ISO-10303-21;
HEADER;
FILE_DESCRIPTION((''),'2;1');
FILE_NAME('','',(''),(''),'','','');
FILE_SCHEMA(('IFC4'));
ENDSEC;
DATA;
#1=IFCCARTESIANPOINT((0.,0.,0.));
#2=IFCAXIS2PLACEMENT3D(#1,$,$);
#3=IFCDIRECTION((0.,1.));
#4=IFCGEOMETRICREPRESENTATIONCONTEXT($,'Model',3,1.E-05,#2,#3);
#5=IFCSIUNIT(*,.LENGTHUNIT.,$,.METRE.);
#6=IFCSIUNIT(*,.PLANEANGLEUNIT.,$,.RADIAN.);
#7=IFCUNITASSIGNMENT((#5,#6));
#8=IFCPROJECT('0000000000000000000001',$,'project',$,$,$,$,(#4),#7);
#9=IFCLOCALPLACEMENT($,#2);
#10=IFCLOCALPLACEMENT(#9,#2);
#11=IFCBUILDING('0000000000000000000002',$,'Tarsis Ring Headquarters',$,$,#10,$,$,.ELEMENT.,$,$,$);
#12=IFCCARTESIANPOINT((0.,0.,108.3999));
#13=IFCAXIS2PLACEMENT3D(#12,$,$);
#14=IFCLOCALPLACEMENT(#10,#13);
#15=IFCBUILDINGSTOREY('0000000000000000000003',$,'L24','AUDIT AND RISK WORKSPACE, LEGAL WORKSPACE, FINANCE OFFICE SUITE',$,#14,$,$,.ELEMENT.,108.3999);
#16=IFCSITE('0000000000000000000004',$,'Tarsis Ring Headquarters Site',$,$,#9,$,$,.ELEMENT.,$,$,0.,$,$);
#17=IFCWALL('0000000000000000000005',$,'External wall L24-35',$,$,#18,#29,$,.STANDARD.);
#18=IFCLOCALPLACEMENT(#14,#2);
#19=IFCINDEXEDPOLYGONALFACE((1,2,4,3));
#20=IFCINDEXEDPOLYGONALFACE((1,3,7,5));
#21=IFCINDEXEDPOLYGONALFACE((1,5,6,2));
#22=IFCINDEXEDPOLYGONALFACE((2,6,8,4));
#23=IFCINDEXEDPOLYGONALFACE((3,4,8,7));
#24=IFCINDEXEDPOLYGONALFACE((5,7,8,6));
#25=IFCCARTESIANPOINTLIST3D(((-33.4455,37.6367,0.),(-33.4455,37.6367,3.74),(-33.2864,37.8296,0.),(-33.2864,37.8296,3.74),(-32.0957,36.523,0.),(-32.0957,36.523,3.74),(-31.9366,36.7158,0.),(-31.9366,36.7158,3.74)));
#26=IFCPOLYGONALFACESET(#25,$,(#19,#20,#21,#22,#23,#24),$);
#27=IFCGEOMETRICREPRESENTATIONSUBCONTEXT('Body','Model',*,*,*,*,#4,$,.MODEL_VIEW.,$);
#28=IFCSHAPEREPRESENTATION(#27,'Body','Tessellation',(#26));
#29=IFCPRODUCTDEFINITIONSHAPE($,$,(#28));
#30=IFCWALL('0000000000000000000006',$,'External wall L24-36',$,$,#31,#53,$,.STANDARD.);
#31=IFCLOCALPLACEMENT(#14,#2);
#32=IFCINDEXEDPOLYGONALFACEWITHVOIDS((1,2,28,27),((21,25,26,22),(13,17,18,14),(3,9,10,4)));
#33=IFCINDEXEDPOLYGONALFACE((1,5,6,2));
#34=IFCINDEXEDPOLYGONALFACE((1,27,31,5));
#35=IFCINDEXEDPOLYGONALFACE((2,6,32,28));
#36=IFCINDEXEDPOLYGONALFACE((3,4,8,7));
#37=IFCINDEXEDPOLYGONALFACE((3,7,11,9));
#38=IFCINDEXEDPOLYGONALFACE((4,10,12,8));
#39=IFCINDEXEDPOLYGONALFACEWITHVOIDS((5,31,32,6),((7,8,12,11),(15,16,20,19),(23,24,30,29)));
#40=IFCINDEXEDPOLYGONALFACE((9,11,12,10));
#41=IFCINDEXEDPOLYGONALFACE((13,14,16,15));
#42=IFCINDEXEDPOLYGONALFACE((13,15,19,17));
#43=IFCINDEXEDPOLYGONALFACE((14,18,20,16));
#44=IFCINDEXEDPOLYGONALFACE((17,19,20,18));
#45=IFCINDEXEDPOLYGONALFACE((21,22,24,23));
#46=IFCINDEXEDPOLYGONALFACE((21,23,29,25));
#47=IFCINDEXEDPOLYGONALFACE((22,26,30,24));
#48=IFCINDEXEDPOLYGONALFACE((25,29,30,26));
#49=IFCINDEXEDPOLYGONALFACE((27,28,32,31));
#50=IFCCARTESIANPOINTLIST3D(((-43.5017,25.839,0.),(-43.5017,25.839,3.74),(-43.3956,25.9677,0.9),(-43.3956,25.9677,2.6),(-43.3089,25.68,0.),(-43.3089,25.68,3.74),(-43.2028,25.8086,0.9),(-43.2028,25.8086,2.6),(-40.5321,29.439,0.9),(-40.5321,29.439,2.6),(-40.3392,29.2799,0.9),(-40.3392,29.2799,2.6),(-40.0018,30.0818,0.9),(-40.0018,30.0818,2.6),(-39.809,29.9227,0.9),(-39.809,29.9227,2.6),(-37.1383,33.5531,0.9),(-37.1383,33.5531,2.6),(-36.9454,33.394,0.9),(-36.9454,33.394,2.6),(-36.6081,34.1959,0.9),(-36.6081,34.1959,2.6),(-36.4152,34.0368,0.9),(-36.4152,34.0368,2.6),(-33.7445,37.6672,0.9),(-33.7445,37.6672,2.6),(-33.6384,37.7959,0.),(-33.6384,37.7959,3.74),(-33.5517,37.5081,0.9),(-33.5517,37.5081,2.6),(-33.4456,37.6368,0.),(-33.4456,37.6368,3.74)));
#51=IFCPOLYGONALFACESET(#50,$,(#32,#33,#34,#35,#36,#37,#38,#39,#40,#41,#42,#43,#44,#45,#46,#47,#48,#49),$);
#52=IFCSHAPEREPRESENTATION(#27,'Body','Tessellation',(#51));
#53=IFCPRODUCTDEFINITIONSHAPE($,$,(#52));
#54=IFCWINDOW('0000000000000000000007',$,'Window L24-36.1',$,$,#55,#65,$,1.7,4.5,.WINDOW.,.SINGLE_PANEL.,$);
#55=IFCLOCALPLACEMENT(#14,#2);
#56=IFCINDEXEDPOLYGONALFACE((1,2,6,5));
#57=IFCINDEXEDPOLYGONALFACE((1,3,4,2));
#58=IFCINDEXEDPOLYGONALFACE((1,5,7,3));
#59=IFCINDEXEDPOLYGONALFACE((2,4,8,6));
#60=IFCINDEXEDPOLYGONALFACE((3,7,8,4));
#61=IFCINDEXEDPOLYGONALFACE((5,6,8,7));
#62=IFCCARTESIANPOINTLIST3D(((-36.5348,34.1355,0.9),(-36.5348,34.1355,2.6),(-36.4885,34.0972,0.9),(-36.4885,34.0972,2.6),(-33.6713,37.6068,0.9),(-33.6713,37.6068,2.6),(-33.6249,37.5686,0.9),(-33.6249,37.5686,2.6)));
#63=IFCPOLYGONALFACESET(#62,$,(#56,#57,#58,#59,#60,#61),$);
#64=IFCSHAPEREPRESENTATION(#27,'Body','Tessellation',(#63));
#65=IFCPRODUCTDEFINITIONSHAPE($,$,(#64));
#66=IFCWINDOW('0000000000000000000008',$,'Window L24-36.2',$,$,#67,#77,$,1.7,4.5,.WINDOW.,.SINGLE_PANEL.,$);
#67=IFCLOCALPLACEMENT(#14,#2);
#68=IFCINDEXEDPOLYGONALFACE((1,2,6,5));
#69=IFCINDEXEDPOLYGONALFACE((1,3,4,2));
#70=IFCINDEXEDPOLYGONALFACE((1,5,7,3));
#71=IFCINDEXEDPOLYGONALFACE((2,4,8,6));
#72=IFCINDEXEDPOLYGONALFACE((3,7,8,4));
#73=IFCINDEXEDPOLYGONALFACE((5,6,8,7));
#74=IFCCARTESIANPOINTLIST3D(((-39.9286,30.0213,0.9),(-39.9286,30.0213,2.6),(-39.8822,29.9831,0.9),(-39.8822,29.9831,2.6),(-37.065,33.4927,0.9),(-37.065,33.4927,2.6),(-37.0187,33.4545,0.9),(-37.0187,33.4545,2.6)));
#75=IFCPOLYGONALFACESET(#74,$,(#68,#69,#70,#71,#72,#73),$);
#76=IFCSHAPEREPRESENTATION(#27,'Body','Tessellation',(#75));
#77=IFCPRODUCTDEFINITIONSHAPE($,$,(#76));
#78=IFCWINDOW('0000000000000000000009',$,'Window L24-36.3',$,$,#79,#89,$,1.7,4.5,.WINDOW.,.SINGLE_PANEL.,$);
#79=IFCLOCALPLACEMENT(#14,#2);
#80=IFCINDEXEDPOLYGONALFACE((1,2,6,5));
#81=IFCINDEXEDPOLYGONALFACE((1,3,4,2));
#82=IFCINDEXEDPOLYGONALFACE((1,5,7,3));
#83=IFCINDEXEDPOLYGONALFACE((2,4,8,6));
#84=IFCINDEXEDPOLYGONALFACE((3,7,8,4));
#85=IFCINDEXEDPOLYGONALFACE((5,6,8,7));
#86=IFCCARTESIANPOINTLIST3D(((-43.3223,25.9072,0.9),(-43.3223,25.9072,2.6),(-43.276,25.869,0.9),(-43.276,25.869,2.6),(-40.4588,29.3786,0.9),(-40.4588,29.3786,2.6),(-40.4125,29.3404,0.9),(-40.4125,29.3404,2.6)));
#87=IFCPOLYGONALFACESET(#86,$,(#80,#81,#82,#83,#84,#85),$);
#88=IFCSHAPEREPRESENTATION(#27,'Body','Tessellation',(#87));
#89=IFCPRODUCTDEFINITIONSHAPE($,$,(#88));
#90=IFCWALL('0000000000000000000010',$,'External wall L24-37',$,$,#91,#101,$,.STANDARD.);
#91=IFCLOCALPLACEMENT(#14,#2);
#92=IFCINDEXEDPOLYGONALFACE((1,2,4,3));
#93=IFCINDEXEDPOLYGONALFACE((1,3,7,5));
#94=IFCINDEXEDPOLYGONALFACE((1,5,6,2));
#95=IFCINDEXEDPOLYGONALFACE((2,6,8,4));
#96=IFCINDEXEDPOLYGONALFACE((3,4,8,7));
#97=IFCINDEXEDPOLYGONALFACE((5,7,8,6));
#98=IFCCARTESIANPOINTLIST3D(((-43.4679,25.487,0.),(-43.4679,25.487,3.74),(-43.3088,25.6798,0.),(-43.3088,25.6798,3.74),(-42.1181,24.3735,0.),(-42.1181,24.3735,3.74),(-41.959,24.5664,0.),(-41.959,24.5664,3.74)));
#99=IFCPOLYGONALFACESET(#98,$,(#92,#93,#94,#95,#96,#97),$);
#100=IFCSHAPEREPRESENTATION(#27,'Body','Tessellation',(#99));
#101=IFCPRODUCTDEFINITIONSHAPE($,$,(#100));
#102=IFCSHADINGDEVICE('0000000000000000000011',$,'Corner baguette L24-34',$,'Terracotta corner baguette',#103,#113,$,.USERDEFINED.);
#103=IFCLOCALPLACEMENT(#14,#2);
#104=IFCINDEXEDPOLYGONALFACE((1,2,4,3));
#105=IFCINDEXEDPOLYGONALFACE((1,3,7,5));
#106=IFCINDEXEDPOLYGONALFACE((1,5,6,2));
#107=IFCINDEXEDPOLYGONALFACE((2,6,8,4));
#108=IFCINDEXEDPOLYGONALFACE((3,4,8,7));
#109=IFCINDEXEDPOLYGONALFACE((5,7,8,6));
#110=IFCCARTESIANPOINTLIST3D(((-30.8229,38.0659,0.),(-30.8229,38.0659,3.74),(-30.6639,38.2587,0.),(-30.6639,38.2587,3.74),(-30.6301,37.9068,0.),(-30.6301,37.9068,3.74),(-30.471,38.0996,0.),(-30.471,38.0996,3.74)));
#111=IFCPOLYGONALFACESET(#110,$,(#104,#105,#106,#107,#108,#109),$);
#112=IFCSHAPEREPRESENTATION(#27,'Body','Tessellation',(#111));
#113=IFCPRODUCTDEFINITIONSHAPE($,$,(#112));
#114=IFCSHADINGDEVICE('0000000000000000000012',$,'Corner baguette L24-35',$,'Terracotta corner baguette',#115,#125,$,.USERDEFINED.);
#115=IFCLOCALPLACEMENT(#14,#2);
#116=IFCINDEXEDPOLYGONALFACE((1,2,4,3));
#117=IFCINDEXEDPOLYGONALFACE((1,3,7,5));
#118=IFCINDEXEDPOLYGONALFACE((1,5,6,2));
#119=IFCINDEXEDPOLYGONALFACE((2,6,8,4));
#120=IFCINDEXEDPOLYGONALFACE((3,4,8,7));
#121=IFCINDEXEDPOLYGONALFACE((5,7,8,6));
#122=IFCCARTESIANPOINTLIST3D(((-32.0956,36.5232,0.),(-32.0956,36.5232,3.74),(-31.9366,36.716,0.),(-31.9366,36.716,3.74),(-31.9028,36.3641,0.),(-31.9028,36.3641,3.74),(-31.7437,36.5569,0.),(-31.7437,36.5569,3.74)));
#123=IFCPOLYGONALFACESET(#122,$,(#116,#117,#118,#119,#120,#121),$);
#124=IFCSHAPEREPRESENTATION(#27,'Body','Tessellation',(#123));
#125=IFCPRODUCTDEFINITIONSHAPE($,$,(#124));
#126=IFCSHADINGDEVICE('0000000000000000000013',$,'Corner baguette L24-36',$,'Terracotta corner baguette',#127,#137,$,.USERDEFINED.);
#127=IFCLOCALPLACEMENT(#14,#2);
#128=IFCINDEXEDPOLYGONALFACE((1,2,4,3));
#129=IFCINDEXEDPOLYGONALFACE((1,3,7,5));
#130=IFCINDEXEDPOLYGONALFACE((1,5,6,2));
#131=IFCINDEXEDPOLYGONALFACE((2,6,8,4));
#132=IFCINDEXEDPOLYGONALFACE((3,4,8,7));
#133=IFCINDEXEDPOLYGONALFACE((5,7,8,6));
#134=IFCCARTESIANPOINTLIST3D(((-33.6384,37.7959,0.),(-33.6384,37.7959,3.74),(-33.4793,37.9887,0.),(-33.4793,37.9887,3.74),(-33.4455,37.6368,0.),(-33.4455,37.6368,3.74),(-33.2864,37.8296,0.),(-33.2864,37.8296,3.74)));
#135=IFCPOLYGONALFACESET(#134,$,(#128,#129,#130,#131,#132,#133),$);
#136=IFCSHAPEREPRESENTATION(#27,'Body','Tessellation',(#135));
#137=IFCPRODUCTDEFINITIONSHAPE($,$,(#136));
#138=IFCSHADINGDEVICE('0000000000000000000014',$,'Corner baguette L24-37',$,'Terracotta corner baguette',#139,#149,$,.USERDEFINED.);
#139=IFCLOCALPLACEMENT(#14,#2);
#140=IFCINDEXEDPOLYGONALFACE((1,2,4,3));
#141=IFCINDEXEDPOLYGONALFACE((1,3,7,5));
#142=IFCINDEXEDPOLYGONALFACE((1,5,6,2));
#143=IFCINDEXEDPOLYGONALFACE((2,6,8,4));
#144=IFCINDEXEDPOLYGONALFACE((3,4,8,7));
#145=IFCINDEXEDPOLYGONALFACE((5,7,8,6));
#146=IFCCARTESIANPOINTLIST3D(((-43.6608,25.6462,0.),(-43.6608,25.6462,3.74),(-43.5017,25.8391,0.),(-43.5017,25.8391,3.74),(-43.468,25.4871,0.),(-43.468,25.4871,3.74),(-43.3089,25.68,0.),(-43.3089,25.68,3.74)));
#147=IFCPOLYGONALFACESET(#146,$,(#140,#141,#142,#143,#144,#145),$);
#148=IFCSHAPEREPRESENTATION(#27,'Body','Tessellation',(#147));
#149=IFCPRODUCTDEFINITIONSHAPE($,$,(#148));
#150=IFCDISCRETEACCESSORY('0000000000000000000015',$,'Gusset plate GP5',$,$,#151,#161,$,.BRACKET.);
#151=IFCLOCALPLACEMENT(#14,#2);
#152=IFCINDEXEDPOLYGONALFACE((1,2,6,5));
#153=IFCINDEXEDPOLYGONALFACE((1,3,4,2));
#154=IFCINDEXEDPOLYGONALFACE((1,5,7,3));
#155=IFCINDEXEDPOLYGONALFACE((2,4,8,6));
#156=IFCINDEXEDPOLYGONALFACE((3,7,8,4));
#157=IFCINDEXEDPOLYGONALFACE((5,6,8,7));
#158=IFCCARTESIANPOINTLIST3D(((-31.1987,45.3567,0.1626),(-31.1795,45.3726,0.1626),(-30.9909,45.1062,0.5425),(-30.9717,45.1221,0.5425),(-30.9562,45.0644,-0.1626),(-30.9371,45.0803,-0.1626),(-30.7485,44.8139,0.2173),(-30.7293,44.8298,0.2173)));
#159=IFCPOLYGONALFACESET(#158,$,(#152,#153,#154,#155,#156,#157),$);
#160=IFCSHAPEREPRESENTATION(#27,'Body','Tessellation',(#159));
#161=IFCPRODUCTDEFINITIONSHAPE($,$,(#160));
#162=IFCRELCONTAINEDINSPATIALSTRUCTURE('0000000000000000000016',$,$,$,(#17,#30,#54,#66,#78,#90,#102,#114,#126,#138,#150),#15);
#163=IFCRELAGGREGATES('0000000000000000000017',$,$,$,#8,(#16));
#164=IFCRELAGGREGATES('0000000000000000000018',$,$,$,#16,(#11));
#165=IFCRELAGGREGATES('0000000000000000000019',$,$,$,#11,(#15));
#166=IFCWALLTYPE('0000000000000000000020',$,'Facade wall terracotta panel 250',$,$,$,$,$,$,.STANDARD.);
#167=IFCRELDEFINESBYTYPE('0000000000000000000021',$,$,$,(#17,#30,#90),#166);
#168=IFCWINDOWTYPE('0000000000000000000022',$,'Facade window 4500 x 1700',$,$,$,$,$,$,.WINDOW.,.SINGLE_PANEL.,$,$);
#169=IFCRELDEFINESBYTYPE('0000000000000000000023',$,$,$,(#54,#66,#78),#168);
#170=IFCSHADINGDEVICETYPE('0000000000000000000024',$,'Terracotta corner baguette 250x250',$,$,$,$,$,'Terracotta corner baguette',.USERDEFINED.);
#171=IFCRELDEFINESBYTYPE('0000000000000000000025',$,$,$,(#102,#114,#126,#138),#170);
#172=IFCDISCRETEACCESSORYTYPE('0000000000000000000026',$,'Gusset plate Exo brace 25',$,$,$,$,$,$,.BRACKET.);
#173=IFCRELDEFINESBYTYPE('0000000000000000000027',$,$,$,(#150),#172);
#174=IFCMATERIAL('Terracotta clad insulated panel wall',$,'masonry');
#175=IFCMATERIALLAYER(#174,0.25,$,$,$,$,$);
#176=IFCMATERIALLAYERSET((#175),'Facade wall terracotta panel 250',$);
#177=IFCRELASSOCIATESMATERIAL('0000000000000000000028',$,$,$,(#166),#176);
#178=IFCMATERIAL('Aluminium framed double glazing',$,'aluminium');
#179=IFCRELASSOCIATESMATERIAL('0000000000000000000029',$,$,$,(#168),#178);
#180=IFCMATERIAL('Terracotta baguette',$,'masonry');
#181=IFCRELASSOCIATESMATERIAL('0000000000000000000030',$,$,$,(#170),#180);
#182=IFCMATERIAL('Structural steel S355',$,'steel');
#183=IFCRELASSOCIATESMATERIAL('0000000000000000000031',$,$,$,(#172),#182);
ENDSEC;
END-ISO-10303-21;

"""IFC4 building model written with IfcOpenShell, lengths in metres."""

from ifc_helpers import new_model, si_unit, direction, frame, frame_2d, origin, origin_2d, place, context, subcontext, project, spatial, rectangle, extrude, material, layer, layer_set, material_profile, profile_set, type_object, element, fill, save


model = new_model("IFC4")

# Units and contexts
model_context = context("Model", 3, precision=1e-05, world=origin(), true_north=direction((0.0, 1.0)))
body_context = subcontext(model_context, "Body", "Model", "MODEL_VIEW")
ifc_project = project(units=[si_unit("LENGTHUNIT", "METRE"), si_unit("PLANEANGLEUNIT", "RADIAN")], contexts=[model_context])

# Site, building, storey
site_placement = place(None, origin())
site = spatial("IfcSite", under=ifc_project, at=site_placement, Name="Tarsis Ring Headquarters Site", CompositionType="ELEMENT", RefElevation=0.0)
building_placement = place(site_placement, origin())
building = spatial("IfcBuilding", under=site, at=building_placement, Name="Tarsis Ring Headquarters", CompositionType="ELEMENT")
storey_placement = place(building_placement, frame((0.0, 0.0, 108.3999)))
storey = spatial("IfcBuildingStorey", under=building, at=storey_placement, Name="L24", Description="AUDIT AND RISK WORKSPACE, LEGAL WORKSPACE, FINANCE OFFICE SUITE", CompositionType="ELEMENT", Elevation=108.3999)

# Shared definitions
ifc_material_1 = material(Name="Structural steel S355", Category="steel")

# Wall
ifc_material_2 = material(Name="Terracotta clad insulated panel wall", Category="masonry")
ifc_layer_1 = layer(ifc_material_2, 0.25)
ifc_layer_set_1 = layer_set([ifc_layer_1], Name="Facade wall terracotta panel 250")
wall_type_1 = type_object("IfcWallType", Name="Facade wall terracotta panel 250", PredefinedType="STANDARD", material=ifc_layer_set_1)
wall_1_placement = place(storey_placement, frame((-32.0161, 36.6194, 0.0), z_axis=(0.0, 0.0, 1.0), x_axis=(-0.771334, 0.636431, 0.0)))
element("IfcWall", 1, at=wall_1_placement, inside=storey, type_object=wall_type_1, Name="External wall L24-35", PredefinedType="STANDARD", context=body_context, shape_type="SweptSolid", body=[
    extrude(rectangle(XDim=1.75, YDim=0.25, at=frame_2d((0.875, 0.0))), origin(), (0.0, 0.0, 1.0), 3.74),
])

# Wall, openings, windows
wall_2_placement = place(storey_placement, frame((-33.542, 37.7163, 0.0), z_axis=(0.0, 0.0, 1.0), x_axis=(-0.636342, -0.771407, 0.0)))
wall_2 = element("IfcWall", 2, at=wall_2_placement, inside=storey, type_object=wall_type_1, Name="External wall L24-36", PredefinedType="STANDARD", context=body_context, shape_type="SweptSolid", body=[
    extrude(rectangle(XDim=15.5, YDim=0.25, at=frame_2d((7.75, 0.0))), origin(), (0.0, 0.0, 1.0), 3.74),
])
opening_1_placement = place(wall_2_placement, frame((0.1667, 0.0, 0.8999)))
opening_1 = element("IfcOpeningElement", 3, at=opening_1_placement, cuts=wall_2, PredefinedType="OPENING", context=body_context, shape_type="SweptSolid", body=[
    extrude(rectangle(XDim=4.5, YDim=1.7, at=frame_2d((2.25, 0.8501))), frame((0.0, 0.135, 0.0), z_axis=(0.0, -1.0, 0.0), x_axis=(1.0, 0.0, 0.0)), (0.0, 0.0, 1.0), 0.27),
])
opening_2_placement = place(wall_2_placement, frame((5.5, 0.0, 0.8999)))
opening_2 = element("IfcOpeningElement", 4, at=opening_2_placement, cuts=wall_2, PredefinedType="OPENING", context=body_context, shape_type="SweptSolid", body=[
    extrude(rectangle(XDim=4.5, YDim=1.7, at=frame_2d((2.25, 0.8501))), frame((0.0, 0.135, 0.0), z_axis=(0.0, -1.0, 0.0), x_axis=(1.0, 0.0, 0.0)), (0.0, 0.0, 1.0), 0.27),
])
opening_3_placement = place(wall_2_placement, frame((10.8333, 0.0, 0.8999)))
opening_3 = element("IfcOpeningElement", 5, at=opening_3_placement, cuts=wall_2, PredefinedType="OPENING", context=body_context, shape_type="SweptSolid", body=[
    extrude(rectangle(XDim=4.5, YDim=1.7, at=frame_2d((2.25, 0.8501))), frame((0.0, 0.135, 0.0), z_axis=(0.0, -1.0, 0.0), x_axis=(1.0, 0.0, 0.0)), (0.0, 0.0, 1.0), 0.27),
])
ifc_material_3 = material(Name="Aluminium framed double glazing", Category="aluminium")
window_type = type_object("IfcWindowType", Name="Facade window 4500 x 1700", PartitioningType="SINGLE_PANEL", PredefinedType="WINDOW", material=ifc_material_3)
window_1_placement = place(opening_1_placement, origin())
window_1 = element("IfcWindow", 6, at=window_1_placement, inside=storey, type_object=window_type, Name="Window L24-36.1", OverallHeight=1.7, OverallWidth=4.5, PartitioningType="SINGLE_PANEL", PredefinedType="WINDOW", context=body_context, shape_type="SweptSolid", body=[
    extrude(rectangle(XDim=4.5, YDim=1.7, at=frame_2d((2.25, 0.8501))), frame((0.0, 0.03, 0.0), z_axis=(0.0, -1.0, 0.0), x_axis=(1.0, 0.0, 0.0)), (0.0, 0.0, 1.0), 0.0601),
])
fill(opening_1, window_1)
window_2_placement = place(opening_2_placement, origin())
window_2 = element("IfcWindow", 7, at=window_2_placement, inside=storey, type_object=window_type, Name="Window L24-36.2", OverallHeight=1.7, OverallWidth=4.5, PartitioningType="SINGLE_PANEL", PredefinedType="WINDOW", context=body_context, shape_type="SweptSolid", body=[
    extrude(rectangle(XDim=4.5, YDim=1.7, at=frame_2d((2.25, 0.8501))), frame((0.0, 0.03, 0.0), z_axis=(0.0, -1.0, 0.0), x_axis=(1.0, 0.0, 0.0)), (0.0, 0.0, 1.0), 0.0601),
])
fill(opening_2, window_2)
window_3_placement = place(opening_3_placement, origin())
window_3 = element("IfcWindow", 8, at=window_3_placement, inside=storey, type_object=window_type, Name="Window L24-36.3", OverallHeight=1.7, OverallWidth=4.5, PartitioningType="SINGLE_PANEL", PredefinedType="WINDOW", context=body_context, shape_type="SweptSolid", body=[
    extrude(rectangle(XDim=4.5, YDim=1.7, at=frame_2d((2.25, 0.8501))), frame((0.0, 0.03, 0.0), z_axis=(0.0, -1.0, 0.0), x_axis=(1.0, 0.0, 0.0)), (0.0, 0.0, 1.0), 0.0601),
])
fill(opening_3, window_3)

# Wall
wall_3_placement = place(storey_placement, frame((-43.3884, 25.5835, 0.0), z_axis=(0.0, 0.0, 1.0), x_axis=(0.771402, -0.636348, 0.0)))
element("IfcWall", 9, at=wall_3_placement, inside=storey, type_object=wall_type_1, Name="External wall L24-37", PredefinedType="STANDARD", context=body_context, shape_type="SweptSolid", body=[
    extrude(rectangle(XDim=1.7498, YDim=0.25, at=frame_2d((0.875, 0.0))), origin(), (0.0, 0.0, 1.0), 3.74),
])

# Shading devices
ifc_material_4 = material(Name="Terracotta baguette", Category="masonry")
shading_device_type_1 = type_object("IfcShadingDeviceType", Name="Terracotta corner baguette 250x250", ElementType="Terracotta corner baguette", PredefinedType="USERDEFINED", material=ifc_material_4)
for number, where, z_axis, x_axis, name in (
    (10, (-30.647, 38.0828, 0.0), (0.0, 0.0, 1.0), (-0.771402, 0.636348, 0.0), "Corner baguette L24-34"),
    (11, (-31.9197, 36.54, 0.0), (0.0, 0.0, 1.0), (-0.636347, -0.771403, 0.0), "Corner baguette L24-35"),
    (12, (-33.4624, 37.8127, 0.0), (0.0, 0.0, 1.0), (-0.771403, 0.636348, 0.0), "Corner baguette L24-36"),
    (13, (-43.4849, 25.6631, 0.0), (0.0, 0.0, 1.0), (-0.636348, -0.771402, 0.0), "Corner baguette L24-37"),
):
    element("IfcShadingDevice", number, at=place(storey_placement, frame(where, z_axis=z_axis, x_axis=x_axis)), inside=storey, type_object=shading_device_type_1, Name=name, ObjectType="Terracotta corner baguette", PredefinedType="USERDEFINED", context=body_context, shape_type="SweptSolid", body=[
        extrude(rectangle(XDim=0.25, YDim=0.25, at=origin_2d()), origin(), (0.0, 0.0, 1.0), 3.74),
    ])

# Discrete accessory
ifc_material_profile_1 = material_profile(ifc_material_1, rectangle(XDim=0.0249, YDim=0.5, at=origin_2d()), Name="PL 25x500")
ifc_profile_set_1 = profile_set([ifc_material_profile_1], Name="Structural steel S355")
discrete_accessory_type = type_object("IfcDiscreteAccessoryType", Name="Gusset plate Exo brace 25", PredefinedType="BRACKET", material=ifc_profile_set_1)
discrete_accessory_placement = place(storey_placement, frame((-31.0679, 45.2185, 0.0), z_axis=(0.415344, -0.500755, 0.75943), x_axis=(0.769695, 0.638412, 0.0)))
element("IfcDiscreteAccessory", 14, at=discrete_accessory_placement, inside=storey, type_object=discrete_accessory_type, Name="Gusset plate GP5", PredefinedType="BRACKET", context=body_context, shape_type="SweptSolid", body=[
    extrude(rectangle(XDim=0.0249, YDim=0.5, at=origin_2d()), origin(), (0.0, 0.0, 1.0), 0.5002),
])

save(model, "model.ifc")
